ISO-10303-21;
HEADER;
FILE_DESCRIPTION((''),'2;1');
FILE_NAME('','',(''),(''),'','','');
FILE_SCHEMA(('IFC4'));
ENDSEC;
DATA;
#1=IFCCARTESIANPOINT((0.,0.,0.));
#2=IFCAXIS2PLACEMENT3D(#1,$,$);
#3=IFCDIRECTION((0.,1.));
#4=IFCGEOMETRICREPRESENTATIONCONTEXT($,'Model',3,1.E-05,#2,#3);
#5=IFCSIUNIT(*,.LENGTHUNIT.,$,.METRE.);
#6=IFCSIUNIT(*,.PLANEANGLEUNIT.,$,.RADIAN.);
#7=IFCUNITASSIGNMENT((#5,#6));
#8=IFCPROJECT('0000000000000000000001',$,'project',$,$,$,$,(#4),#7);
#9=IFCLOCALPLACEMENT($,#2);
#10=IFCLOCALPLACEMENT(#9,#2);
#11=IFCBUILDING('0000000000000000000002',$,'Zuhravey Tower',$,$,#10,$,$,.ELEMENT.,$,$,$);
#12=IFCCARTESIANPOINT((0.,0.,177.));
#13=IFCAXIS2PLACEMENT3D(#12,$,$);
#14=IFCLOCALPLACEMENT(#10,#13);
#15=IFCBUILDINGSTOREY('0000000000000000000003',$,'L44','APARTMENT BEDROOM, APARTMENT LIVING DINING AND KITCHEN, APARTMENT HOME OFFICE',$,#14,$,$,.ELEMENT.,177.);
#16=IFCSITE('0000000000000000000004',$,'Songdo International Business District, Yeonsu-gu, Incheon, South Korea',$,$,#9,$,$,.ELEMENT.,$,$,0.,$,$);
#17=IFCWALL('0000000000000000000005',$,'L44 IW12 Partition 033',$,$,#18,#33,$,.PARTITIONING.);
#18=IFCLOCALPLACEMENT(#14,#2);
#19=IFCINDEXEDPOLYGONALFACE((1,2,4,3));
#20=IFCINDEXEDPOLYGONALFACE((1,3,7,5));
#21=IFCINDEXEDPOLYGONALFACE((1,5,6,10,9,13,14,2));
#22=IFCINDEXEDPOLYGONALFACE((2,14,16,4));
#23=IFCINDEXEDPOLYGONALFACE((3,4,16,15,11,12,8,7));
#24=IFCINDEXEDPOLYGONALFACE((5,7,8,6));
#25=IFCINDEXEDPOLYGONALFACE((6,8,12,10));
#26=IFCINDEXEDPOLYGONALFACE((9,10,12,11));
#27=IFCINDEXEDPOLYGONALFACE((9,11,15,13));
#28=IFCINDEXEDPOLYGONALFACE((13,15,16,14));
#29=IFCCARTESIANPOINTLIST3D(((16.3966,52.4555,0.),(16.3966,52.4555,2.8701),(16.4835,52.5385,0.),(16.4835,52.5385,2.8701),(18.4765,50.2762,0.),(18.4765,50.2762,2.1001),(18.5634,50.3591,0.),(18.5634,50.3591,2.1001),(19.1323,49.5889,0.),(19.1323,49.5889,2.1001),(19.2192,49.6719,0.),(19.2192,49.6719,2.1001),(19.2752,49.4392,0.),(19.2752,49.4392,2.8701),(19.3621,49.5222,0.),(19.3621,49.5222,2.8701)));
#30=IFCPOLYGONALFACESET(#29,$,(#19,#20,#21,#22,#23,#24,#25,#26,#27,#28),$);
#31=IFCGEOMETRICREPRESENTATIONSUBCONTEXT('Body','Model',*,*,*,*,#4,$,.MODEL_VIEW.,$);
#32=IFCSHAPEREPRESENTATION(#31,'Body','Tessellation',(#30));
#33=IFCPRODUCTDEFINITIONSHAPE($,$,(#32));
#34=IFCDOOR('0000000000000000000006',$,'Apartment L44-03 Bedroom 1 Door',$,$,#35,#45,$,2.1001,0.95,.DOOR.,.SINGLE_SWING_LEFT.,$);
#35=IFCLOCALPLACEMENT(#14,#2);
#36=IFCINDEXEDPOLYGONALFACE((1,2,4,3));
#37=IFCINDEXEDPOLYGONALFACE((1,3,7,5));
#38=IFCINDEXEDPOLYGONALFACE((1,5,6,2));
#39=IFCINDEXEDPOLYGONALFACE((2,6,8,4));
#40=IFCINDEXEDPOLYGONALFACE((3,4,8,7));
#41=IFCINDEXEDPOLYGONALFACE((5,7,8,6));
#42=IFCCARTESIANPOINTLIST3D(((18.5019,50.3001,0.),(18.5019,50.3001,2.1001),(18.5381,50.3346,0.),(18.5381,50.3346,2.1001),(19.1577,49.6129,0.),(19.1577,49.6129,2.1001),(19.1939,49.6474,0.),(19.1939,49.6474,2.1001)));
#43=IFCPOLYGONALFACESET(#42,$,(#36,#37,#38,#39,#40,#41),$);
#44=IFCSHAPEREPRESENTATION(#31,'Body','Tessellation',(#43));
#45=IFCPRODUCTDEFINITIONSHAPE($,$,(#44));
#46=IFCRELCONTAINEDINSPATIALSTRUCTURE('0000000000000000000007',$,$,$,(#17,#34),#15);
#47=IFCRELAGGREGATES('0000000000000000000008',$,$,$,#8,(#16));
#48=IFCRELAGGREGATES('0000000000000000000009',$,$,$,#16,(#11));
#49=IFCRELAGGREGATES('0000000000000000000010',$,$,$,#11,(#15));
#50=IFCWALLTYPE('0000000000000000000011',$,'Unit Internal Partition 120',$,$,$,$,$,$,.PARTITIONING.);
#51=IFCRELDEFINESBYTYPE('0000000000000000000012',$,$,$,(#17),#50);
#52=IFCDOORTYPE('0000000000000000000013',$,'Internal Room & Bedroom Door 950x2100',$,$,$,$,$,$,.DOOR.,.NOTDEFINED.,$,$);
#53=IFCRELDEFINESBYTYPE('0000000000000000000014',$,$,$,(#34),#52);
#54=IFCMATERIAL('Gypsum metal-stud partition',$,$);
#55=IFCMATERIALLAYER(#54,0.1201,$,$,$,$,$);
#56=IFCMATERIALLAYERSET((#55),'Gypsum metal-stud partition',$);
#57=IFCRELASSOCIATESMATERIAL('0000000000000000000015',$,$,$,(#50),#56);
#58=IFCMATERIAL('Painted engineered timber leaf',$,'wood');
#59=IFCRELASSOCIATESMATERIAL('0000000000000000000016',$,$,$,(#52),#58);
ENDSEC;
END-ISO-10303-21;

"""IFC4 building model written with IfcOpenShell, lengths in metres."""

from ifc_helpers import new_model, si_unit, direction, frame, frame_2d, origin, place, context, subcontext, project, spatial, rectangle, extrude, material, layer, layer_set, type_object, element, fill, save


model = new_model("IFC4")

# Units and contexts
model_context = context("Model", 3, precision=1e-05, world=origin(), true_north=direction((0.0, 1.0)))
body_context = subcontext(model_context, "Body", "Model", "MODEL_VIEW")
ifc_project = project(units=[si_unit("LENGTHUNIT", "METRE"), si_unit("PLANEANGLEUNIT", "RADIAN")], contexts=[model_context])

# Site, building, storey
site_placement = place(None, origin())
site = spatial("IfcSite", under=ifc_project, at=site_placement, Name="Songdo International Business District, Yeonsu-gu, Incheon, South Korea", CompositionType="ELEMENT", RefElevation=0.0)
building_placement = place(site_placement, origin())
building = spatial("IfcBuilding", under=site, at=building_placement, Name="Zuhravey Tower", CompositionType="ELEMENT")
storey_placement = place(building_placement, frame((0.0, 0.0, 177.0)))
storey = spatial("IfcBuildingStorey", under=building, at=storey_placement, Name="L44", Description="APARTMENT BEDROOM, APARTMENT LIVING DINING AND KITCHEN, APARTMENT HOME OFFICE", CompositionType="ELEMENT", Elevation=177.0)

# Shared definitions
ifc_material_1 = material(Name="Gypsum metal-stud partition")
ifc_layer_1 = layer(ifc_material_1, 0.1201)
ifc_layer_set_1 = layer_set([ifc_layer_1], Name="Gypsum metal-stud partition")
wall_type_1 = type_object("IfcWallType", Name="Unit Internal Partition 120", PredefinedType="PARTITIONING", material=ifc_layer_set_1)
ifc_material_2 = material(Name="Painted engineered timber leaf", Category="wood")
door_type_1 = type_object("IfcDoorType", Name="Internal Room & Bedroom Door 950x2100", OperationType="NOTDEFINED", PredefinedType="DOOR", material=ifc_material_2)

# Wall, opening, door
wall_1_placement = place(storey_placement, frame((19.3186, 49.4807, 0.0), z_axis=(0.0, 0.0, 1.0), x_axis=(-0.690402, 0.723426, 0.0)))
wall_1 = element("IfcWall", 1, at=wall_1_placement, inside=storey, type_object=wall_type_1, Name="L44 IW12 Partition 033", PredefinedType="PARTITIONING", context=body_context, shape_type="SweptSolid", body=[
    extrude(rectangle(XDim=4.1694, YDim=0.1201, at=frame_2d((2.0847, 0.0))), origin(), (0.0, 0.0, 1.0), 2.8701),
])
opening_1_placement = place(wall_1_placement, frame((0.2068, 0.0, 0.0)))
opening_1 = element("IfcOpeningElement", 2, at=opening_1_placement, cuts=wall_1, PredefinedType="OPENING", context=body_context, shape_type="SweptSolid", body=[
    extrude(rectangle(XDim=0.95, YDim=2.1001, at=frame_2d((0.4751, 1.05))), frame((0.0, 0.072, 0.0), z_axis=(0.0, -1.0, 0.0), x_axis=(1.0, 0.0, 0.0)), (0.0, 0.0, 1.0), 0.144),
])
door_1_placement = place(opening_1_placement, frame((0.95, 0.0, 0.0), z_axis=(0.0, 0.0, 1.0), x_axis=(-1.0, 0.0, 0.0)))
door_1 = element("IfcDoor", 3, at=door_1_placement, inside=storey, type_object=door_type_1, Name="Apartment L44-03 Bedroom 1 Door", OperationType="SINGLE_SWING_LEFT", OverallHeight=2.1001, OverallWidth=0.95, PredefinedType="DOOR", context=body_context, shape_type="SweptSolid", body=[
    extrude(rectangle(XDim=0.95, YDim=2.1001, at=frame_2d((0.4751, 1.05))), frame((0.0, 0.0249, 0.0), z_axis=(0.0, -1.0, 0.0), x_axis=(1.0, 0.0, 0.0)), (0.0, 0.0, 1.0), 0.05),
])
fill(opening_1, door_1)

save(model, "model.ifc")
